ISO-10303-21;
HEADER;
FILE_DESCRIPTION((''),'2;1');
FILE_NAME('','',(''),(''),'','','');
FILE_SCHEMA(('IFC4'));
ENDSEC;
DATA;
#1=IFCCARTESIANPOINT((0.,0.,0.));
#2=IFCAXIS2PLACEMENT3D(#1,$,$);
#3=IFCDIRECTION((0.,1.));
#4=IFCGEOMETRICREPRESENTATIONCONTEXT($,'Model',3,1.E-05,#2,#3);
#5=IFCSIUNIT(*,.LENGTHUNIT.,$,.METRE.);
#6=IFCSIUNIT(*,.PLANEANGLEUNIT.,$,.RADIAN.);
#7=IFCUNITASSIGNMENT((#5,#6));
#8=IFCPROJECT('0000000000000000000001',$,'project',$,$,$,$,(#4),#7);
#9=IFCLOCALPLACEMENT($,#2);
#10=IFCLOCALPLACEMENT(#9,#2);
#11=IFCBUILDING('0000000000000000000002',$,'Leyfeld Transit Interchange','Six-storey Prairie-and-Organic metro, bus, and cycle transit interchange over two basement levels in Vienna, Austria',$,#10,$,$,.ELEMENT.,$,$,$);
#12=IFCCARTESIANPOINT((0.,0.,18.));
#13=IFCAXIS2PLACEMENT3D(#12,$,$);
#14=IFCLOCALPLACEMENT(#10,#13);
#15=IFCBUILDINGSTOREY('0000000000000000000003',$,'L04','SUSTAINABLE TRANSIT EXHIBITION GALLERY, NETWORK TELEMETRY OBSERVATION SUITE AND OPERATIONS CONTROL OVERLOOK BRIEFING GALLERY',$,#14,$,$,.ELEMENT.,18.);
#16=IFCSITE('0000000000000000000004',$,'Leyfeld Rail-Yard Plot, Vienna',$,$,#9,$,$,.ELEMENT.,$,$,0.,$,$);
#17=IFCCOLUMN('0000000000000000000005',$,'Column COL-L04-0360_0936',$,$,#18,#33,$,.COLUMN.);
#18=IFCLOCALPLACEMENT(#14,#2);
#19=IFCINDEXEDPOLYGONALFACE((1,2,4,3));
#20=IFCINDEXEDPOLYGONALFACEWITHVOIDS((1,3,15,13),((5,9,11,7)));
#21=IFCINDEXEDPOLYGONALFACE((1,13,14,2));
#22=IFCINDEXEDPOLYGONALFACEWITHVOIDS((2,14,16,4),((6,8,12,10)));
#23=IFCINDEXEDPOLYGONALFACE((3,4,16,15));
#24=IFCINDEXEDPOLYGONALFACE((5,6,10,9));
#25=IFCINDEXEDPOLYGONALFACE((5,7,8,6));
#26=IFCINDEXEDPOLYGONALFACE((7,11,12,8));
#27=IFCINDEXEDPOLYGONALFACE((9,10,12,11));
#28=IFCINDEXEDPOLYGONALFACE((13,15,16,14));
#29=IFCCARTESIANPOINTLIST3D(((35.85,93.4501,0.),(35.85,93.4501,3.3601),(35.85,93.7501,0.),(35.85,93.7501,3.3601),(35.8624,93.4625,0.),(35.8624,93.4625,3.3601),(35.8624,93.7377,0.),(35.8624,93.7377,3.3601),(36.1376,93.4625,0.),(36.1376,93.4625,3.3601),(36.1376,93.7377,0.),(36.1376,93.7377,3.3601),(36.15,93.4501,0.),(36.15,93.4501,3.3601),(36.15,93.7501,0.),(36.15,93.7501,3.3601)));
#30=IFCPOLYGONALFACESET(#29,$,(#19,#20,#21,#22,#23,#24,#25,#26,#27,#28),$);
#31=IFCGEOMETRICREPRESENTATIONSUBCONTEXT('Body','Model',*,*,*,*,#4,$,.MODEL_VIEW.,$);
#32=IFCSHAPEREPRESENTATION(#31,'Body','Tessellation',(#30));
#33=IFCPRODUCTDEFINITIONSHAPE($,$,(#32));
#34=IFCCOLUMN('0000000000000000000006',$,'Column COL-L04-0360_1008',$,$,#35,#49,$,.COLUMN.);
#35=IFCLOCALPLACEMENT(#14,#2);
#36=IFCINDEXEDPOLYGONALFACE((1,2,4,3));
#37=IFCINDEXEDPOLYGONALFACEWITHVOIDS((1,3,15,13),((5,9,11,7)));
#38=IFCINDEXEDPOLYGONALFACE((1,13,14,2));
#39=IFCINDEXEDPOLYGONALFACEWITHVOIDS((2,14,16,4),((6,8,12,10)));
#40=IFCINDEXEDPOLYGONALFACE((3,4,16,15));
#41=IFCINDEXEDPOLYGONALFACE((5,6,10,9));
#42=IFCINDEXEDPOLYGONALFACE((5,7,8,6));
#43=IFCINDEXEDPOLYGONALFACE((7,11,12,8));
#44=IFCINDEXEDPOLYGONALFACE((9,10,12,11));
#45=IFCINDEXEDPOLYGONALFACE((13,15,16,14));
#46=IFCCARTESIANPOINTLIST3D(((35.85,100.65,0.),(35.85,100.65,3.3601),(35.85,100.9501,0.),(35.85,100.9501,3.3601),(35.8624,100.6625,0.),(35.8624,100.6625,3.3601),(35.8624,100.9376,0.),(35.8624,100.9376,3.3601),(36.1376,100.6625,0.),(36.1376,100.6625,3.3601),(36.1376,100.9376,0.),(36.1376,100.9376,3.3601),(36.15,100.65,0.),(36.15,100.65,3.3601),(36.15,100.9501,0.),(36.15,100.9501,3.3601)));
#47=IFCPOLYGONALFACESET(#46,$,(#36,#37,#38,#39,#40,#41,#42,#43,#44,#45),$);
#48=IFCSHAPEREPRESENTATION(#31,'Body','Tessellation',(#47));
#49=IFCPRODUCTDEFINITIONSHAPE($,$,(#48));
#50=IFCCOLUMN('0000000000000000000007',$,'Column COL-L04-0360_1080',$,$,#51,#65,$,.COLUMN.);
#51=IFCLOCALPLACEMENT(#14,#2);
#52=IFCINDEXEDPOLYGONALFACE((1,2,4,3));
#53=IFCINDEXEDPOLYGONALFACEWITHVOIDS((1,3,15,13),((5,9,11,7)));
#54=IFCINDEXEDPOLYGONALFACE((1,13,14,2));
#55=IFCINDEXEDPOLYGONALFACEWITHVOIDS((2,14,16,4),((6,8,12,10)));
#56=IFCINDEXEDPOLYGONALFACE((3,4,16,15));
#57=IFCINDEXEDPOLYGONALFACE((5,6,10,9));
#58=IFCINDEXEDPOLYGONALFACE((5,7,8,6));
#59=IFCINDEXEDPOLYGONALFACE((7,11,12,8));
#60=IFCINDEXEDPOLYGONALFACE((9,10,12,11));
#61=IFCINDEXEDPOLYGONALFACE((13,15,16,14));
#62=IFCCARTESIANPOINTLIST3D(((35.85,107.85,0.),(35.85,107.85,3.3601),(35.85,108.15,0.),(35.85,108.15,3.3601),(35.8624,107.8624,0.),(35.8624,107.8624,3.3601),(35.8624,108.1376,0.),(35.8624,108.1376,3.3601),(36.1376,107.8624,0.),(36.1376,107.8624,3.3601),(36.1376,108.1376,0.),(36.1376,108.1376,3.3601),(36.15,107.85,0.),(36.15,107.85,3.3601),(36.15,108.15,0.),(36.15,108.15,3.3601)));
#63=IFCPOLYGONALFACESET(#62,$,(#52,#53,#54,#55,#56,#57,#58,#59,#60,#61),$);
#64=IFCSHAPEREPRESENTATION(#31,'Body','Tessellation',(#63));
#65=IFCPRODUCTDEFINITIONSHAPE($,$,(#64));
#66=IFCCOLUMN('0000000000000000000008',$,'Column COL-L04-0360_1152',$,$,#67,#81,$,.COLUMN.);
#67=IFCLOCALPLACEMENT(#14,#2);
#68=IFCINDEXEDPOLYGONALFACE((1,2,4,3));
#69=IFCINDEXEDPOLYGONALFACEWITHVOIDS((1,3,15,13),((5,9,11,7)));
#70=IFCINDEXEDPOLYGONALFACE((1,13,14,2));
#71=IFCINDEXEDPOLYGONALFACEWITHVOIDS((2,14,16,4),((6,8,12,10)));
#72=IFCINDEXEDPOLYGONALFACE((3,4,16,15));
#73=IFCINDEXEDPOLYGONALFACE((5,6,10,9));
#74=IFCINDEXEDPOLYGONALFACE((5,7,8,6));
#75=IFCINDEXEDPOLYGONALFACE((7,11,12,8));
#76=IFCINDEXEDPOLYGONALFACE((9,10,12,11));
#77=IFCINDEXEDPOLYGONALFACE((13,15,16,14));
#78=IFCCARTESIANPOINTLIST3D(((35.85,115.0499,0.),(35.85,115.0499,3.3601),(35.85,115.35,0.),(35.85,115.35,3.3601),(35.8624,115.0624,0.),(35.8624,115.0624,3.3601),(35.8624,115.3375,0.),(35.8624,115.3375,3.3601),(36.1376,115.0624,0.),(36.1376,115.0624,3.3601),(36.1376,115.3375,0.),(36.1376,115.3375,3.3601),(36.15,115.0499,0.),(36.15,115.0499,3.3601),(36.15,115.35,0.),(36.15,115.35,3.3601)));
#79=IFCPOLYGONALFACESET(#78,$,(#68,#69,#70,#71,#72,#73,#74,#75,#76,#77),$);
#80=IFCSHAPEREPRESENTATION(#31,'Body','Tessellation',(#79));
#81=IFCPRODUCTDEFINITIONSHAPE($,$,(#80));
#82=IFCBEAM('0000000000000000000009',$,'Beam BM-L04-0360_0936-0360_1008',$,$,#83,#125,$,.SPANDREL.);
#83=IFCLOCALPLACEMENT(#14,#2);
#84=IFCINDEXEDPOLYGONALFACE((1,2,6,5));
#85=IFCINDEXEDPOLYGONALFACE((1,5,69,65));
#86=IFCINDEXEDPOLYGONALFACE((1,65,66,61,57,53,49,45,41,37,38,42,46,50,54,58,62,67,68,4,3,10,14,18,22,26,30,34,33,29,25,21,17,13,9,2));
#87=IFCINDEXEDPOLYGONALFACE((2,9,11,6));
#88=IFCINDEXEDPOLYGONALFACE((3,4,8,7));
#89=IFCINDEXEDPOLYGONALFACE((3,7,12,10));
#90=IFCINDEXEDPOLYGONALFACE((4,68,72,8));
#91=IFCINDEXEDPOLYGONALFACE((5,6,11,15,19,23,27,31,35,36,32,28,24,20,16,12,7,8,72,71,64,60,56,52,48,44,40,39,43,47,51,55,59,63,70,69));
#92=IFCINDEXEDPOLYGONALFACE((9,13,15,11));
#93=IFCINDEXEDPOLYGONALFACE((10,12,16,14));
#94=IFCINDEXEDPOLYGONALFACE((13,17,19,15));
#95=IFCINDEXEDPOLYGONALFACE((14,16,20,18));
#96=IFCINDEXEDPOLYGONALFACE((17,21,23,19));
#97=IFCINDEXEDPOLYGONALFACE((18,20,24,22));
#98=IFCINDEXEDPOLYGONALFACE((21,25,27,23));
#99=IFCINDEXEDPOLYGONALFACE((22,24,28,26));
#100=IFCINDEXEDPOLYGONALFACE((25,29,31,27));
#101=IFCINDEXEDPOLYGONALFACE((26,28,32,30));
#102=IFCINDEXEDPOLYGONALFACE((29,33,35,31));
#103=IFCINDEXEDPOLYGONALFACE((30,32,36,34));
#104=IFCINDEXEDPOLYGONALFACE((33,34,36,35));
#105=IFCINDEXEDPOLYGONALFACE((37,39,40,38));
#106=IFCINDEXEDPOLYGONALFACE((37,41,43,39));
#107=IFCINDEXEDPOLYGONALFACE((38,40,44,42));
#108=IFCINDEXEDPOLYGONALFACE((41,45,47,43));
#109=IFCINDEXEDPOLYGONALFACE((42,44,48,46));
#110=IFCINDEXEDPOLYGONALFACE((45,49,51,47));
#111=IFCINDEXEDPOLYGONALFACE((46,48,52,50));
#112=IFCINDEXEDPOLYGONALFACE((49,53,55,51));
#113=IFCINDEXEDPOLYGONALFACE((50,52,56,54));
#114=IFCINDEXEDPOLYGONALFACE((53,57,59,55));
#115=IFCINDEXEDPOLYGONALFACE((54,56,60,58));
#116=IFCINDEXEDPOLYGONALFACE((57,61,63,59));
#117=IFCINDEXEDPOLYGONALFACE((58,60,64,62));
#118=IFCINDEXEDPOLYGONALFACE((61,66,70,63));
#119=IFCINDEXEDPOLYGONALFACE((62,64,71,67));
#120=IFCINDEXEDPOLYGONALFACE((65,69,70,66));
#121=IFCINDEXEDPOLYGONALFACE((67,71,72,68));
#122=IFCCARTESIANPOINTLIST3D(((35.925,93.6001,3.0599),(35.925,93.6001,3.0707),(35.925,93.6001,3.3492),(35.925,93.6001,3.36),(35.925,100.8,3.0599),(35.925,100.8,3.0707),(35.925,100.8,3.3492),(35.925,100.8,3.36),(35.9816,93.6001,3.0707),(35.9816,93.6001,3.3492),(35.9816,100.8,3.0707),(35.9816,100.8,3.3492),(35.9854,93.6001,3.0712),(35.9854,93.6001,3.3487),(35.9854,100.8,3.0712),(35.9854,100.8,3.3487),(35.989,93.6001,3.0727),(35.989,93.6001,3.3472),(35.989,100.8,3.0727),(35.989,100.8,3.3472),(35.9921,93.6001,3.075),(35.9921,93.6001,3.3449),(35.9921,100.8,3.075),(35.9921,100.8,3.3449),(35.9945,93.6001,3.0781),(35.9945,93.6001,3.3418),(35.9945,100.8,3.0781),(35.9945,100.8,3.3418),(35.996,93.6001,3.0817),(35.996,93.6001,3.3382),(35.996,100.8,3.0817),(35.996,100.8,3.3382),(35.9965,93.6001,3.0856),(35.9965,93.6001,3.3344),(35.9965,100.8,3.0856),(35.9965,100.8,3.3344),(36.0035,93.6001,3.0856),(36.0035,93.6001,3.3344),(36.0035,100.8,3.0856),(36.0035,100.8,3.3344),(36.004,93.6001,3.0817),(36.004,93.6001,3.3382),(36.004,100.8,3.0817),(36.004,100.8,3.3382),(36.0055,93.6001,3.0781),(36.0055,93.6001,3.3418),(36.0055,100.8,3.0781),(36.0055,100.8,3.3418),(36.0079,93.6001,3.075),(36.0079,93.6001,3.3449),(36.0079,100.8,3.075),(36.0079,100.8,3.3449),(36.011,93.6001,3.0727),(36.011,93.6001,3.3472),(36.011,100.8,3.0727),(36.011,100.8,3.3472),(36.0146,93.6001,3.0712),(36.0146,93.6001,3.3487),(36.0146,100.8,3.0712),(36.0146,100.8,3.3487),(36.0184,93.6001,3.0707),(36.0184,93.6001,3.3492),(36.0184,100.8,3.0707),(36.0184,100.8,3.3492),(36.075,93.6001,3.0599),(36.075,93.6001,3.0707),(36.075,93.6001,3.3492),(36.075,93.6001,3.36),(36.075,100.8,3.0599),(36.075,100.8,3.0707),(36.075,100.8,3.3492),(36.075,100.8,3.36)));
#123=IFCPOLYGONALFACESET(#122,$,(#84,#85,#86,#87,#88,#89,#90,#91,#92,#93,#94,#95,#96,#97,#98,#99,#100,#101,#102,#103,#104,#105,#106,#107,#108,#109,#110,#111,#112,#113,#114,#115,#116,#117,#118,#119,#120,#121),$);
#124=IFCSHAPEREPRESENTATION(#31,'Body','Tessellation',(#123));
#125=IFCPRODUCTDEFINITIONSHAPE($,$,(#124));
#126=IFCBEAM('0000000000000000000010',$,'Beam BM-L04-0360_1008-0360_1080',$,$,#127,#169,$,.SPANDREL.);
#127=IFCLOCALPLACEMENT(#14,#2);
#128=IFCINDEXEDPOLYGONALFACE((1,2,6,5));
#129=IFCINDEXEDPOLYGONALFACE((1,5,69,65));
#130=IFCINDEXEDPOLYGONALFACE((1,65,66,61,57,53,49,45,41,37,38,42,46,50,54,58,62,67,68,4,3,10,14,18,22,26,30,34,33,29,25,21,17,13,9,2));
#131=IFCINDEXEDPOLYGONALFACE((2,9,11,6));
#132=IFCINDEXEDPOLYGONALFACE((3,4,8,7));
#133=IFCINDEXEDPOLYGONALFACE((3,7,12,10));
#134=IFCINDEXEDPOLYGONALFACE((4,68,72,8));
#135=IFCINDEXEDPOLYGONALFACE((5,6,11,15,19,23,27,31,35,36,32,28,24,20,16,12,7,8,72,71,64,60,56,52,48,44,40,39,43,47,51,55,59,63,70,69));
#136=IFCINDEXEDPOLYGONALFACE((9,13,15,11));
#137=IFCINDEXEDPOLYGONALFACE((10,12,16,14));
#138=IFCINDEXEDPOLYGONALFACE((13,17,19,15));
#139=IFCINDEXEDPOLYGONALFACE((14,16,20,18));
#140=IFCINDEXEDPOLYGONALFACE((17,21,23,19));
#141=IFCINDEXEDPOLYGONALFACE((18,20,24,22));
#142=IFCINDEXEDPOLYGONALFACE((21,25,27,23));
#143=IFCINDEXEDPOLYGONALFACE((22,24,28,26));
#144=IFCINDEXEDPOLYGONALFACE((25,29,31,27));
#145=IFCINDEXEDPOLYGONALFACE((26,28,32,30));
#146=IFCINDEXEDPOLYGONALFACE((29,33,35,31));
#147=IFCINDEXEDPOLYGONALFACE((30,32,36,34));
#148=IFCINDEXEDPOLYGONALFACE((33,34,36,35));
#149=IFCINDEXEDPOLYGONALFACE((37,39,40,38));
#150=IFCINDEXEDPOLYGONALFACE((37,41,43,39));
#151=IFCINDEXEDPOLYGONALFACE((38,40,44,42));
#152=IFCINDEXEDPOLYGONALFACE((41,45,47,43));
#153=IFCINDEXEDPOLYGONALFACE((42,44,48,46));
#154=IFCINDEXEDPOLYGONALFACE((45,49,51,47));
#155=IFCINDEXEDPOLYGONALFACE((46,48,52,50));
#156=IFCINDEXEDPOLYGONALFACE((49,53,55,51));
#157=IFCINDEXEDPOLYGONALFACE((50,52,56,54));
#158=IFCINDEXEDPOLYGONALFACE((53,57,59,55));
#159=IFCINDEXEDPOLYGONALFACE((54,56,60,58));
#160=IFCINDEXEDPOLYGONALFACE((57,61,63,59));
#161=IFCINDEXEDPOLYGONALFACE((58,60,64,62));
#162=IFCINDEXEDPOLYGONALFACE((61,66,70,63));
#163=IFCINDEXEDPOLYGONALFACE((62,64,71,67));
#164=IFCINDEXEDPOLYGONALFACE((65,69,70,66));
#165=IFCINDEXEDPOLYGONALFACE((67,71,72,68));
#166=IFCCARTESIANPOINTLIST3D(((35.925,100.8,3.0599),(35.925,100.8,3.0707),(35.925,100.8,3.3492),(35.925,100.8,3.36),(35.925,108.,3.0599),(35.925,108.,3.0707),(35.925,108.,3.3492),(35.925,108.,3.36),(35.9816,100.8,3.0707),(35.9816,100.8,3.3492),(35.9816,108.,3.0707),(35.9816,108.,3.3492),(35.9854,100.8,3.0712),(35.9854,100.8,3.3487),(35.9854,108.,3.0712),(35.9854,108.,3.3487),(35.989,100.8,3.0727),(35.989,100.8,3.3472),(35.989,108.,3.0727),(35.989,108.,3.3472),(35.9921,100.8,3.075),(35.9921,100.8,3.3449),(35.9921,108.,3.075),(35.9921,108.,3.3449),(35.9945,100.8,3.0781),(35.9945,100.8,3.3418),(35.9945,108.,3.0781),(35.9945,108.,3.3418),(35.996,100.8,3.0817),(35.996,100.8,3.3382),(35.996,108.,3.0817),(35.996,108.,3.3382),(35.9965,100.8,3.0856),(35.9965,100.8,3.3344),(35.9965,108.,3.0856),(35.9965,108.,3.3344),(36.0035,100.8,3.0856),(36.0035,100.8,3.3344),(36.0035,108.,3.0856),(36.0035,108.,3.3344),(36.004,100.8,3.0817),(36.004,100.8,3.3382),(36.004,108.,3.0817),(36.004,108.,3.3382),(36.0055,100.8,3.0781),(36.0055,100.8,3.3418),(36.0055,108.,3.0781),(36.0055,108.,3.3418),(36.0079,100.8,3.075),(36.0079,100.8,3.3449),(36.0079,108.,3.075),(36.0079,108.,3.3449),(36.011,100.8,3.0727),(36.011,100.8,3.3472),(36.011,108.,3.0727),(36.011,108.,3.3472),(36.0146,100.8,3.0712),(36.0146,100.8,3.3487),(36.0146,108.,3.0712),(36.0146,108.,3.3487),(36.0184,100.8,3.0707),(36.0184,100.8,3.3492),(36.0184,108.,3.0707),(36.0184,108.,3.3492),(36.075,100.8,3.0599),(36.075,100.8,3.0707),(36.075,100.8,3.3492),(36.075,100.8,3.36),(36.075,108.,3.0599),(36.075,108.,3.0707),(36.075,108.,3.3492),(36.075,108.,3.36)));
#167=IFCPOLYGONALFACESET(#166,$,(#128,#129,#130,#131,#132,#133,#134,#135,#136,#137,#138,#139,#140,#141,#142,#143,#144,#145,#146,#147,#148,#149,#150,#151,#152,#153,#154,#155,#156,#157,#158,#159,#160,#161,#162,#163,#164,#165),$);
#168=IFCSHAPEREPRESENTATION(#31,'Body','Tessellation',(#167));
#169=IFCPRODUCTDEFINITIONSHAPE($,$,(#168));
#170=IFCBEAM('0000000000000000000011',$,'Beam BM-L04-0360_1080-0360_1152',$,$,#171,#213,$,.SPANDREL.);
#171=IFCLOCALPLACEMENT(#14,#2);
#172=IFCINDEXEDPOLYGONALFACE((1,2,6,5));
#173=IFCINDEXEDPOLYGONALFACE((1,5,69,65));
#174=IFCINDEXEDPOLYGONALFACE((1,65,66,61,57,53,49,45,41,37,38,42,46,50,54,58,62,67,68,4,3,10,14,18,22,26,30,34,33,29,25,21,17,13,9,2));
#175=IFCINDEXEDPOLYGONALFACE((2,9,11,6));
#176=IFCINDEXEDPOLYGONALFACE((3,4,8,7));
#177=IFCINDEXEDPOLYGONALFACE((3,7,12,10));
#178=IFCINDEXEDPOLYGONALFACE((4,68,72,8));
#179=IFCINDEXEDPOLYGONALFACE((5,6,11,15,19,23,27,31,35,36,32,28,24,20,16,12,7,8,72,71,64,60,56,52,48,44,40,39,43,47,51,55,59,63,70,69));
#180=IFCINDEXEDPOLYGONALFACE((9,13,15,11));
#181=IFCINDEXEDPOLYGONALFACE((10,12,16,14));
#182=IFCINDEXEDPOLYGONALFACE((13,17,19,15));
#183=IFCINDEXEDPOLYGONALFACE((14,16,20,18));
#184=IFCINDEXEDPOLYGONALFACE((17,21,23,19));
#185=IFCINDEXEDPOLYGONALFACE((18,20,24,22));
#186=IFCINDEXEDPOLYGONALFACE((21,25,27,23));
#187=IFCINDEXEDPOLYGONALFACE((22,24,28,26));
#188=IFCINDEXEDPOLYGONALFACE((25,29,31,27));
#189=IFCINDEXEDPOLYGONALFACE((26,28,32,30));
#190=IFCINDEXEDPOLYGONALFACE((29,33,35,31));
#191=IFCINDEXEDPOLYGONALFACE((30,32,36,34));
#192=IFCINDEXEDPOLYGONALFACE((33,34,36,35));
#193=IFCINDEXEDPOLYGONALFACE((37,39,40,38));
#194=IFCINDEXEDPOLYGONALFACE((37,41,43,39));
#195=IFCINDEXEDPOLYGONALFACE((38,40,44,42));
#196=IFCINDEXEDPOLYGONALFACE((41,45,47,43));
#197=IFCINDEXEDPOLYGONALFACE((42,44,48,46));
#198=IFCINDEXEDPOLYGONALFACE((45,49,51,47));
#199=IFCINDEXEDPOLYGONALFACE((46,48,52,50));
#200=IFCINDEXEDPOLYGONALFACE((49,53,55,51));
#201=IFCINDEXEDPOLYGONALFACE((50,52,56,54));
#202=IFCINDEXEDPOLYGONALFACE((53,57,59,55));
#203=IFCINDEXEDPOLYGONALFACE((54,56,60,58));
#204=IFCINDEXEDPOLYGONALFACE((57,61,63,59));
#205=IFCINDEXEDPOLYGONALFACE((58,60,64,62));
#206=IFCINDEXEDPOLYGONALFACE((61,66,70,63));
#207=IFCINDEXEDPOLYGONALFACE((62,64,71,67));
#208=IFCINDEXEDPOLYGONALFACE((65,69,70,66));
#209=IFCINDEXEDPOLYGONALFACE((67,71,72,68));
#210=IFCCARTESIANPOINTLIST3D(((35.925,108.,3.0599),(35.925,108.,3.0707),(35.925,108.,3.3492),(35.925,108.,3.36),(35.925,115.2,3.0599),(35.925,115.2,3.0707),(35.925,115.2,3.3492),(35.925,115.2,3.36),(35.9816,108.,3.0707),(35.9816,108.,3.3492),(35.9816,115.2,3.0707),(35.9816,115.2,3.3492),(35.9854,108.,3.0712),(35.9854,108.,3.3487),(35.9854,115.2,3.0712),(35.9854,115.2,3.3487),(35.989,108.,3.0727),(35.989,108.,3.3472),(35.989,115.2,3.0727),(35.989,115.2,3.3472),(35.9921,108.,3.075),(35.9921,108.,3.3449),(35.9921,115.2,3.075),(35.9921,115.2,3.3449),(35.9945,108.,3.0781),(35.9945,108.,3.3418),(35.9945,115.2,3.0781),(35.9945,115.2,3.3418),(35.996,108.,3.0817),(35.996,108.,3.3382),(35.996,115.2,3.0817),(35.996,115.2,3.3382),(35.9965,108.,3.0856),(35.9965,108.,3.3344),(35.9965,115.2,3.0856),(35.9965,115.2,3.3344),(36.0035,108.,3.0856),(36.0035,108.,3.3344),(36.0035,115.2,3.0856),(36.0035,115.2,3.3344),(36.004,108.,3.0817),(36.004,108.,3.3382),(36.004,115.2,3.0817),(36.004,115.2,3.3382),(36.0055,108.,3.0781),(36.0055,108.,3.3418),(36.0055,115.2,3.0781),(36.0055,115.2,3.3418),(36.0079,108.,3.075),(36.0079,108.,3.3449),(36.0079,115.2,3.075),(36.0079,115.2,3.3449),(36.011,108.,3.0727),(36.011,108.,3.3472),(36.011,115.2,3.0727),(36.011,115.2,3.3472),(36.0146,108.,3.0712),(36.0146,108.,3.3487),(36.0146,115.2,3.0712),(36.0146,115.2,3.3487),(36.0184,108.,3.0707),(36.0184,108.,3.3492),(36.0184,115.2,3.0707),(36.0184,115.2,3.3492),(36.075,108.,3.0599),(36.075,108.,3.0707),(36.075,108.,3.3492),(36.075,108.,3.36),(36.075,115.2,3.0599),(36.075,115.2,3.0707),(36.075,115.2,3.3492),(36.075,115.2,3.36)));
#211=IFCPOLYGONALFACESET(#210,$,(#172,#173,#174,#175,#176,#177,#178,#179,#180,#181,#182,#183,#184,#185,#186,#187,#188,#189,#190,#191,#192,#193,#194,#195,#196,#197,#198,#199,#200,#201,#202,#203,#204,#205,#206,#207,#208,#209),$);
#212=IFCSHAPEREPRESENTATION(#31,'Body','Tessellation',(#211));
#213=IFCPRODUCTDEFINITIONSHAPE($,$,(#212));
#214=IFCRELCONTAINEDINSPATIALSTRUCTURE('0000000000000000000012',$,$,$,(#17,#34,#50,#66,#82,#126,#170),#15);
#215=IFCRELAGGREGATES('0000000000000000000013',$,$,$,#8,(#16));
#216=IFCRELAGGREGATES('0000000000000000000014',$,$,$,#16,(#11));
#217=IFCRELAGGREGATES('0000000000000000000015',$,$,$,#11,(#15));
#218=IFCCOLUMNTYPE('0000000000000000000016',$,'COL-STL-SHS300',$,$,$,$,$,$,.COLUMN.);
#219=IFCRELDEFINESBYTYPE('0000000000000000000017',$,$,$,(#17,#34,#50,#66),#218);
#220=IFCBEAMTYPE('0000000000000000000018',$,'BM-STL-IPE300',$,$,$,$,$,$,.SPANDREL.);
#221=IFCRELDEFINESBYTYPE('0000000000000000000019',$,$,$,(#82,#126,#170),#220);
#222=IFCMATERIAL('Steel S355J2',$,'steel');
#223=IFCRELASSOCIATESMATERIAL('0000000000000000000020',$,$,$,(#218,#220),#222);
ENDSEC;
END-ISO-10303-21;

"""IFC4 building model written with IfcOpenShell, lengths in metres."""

from ifc_helpers import new_model, si_unit, direction, frame, origin, origin_2d, place, context, subcontext, project, spatial, hollow_rectangle, i_section, extrude, material, material_profile, profile_set, type_object, element, save


model = new_model("IFC4")

# Units and contexts
model_context = context("Model", 3, precision=1e-05, world=origin(), true_north=direction((0.0, 1.0)))
body_context = subcontext(model_context, "Body", "Model", "MODEL_VIEW")
ifc_project = project(units=[si_unit("LENGTHUNIT", "METRE"), si_unit("PLANEANGLEUNIT", "RADIAN")], contexts=[model_context])

# Site, building, storey
site_placement = place(None, origin())
site = spatial("IfcSite", under=ifc_project, at=site_placement, Name="Leyfeld Rail-Yard Plot, Vienna", CompositionType="ELEMENT", RefElevation=0.0)
building_placement = place(site_placement, origin())
building = spatial("IfcBuilding", under=site, at=building_placement, Name="Leyfeld Transit Interchange", Description="Six-storey Prairie-and-Organic metro, bus, and cycle transit interchange over two basement levels in Vienna, Austria", CompositionType="ELEMENT")
storey_placement = place(building_placement, frame((0.0, 0.0, 18.0)))
storey = spatial("IfcBuildingStorey", under=building, at=storey_placement, Name="L04", Description="SUSTAINABLE TRANSIT EXHIBITION GALLERY, NETWORK TELEMETRY OBSERVATION SUITE AND OPERATIONS CONTROL OVERLOOK BRIEFING GALLERY", CompositionType="ELEMENT", Elevation=18.0)

# Columns
ifc_material_1 = material(Name="Steel S355J2", Category="steel")
ifc_material_profile_1 = material_profile(ifc_material_1, hollow_rectangle(XDim=0.3, YDim=0.3, WallThickness=0.0125, at=origin_2d()), Name="SHS 300x300x12.5")
ifc_profile_set_1 = profile_set([ifc_material_profile_1], Name="Steel S355J2")
column_type = type_object("IfcColumnType", Name="COL-STL-SHS300", PredefinedType="COLUMN", material=ifc_profile_set_1)
for number, where, z_axis, x_axis, name in (
    (1, (36.0, 93.6001, 0.0), (0.0, 0.0, 1.0), (1.0, 0.0, 0.0), "Column COL-L04-0360_0936"),
    (2, (36.0, 100.8, 0.0), (0.0, 0.0, 1.0), (1.0, 0.0, 0.0), "Column COL-L04-0360_1008"),
    (3, (36.0, 108.0, 0.0), (0.0, 0.0, 1.0), (1.0, 0.0, 0.0), "Column COL-L04-0360_1080"),
    (4, (36.0, 115.2, 0.0), (0.0, 0.0, 1.0), (1.0, 0.0, 0.0), "Column COL-L04-0360_1152"),
):
    element("IfcColumn", number, at=place(storey_placement, frame(where, z_axis=z_axis, x_axis=x_axis)), inside=storey, type_object=column_type, Name=name, PredefinedType="COLUMN", context=body_context, shape_type="SweptSolid", body=[
        extrude(hollow_rectangle(XDim=0.3, YDim=0.3, WallThickness=0.0125, at=origin_2d()), origin(), (0.0, 0.0, 1.0), 3.3601),
    ])

# Beams
ifc_material_profile_2 = material_profile(ifc_material_1, i_section(OverallWidth=0.1499, OverallDepth=0.3, WebThickness=0.0071, FlangeThickness=0.0107, FilletRadius=0.0149, at=origin_2d()), Name="IPE 300")
ifc_profile_set_2 = profile_set([ifc_material_profile_2], Name="Steel S355J2")
beam_type = type_object("IfcBeamType", Name="BM-STL-IPE300", PredefinedType="SPANDREL", material=ifc_profile_set_2)
for number, where, z_axis, x_axis, name in (
    (5, (36.0, 93.6001, 3.21), (0.0, 1.0, 0.0), (-1.0, 0.0, 0.0), "Beam BM-L04-0360_0936-0360_1008"),
    (6, (36.0, 100.8, 3.21), (0.0, 1.0, 0.0), (-1.0, 0.0, 0.0), "Beam BM-L04-0360_1008-0360_1080"),
    (7, (36.0, 108.0, 3.21), (0.0, 1.0, 0.0), (-1.0, 0.0, 0.0), "Beam BM-L04-0360_1080-0360_1152"),
):
    element("IfcBeam", number, at=place(storey_placement, frame(where, z_axis=z_axis, x_axis=x_axis)), inside=storey, type_object=beam_type, Name=name, PredefinedType="SPANDREL", context=body_context, shape_type="SweptSolid", body=[
        extrude(i_section(OverallWidth=0.1499, OverallDepth=0.3, WebThickness=0.0071, FlangeThickness=0.0107, FilletRadius=0.0149, at=origin_2d()), origin(), (0.0, 0.0, 1.0), 7.2),
    ])

save(model, "model.ifc")
